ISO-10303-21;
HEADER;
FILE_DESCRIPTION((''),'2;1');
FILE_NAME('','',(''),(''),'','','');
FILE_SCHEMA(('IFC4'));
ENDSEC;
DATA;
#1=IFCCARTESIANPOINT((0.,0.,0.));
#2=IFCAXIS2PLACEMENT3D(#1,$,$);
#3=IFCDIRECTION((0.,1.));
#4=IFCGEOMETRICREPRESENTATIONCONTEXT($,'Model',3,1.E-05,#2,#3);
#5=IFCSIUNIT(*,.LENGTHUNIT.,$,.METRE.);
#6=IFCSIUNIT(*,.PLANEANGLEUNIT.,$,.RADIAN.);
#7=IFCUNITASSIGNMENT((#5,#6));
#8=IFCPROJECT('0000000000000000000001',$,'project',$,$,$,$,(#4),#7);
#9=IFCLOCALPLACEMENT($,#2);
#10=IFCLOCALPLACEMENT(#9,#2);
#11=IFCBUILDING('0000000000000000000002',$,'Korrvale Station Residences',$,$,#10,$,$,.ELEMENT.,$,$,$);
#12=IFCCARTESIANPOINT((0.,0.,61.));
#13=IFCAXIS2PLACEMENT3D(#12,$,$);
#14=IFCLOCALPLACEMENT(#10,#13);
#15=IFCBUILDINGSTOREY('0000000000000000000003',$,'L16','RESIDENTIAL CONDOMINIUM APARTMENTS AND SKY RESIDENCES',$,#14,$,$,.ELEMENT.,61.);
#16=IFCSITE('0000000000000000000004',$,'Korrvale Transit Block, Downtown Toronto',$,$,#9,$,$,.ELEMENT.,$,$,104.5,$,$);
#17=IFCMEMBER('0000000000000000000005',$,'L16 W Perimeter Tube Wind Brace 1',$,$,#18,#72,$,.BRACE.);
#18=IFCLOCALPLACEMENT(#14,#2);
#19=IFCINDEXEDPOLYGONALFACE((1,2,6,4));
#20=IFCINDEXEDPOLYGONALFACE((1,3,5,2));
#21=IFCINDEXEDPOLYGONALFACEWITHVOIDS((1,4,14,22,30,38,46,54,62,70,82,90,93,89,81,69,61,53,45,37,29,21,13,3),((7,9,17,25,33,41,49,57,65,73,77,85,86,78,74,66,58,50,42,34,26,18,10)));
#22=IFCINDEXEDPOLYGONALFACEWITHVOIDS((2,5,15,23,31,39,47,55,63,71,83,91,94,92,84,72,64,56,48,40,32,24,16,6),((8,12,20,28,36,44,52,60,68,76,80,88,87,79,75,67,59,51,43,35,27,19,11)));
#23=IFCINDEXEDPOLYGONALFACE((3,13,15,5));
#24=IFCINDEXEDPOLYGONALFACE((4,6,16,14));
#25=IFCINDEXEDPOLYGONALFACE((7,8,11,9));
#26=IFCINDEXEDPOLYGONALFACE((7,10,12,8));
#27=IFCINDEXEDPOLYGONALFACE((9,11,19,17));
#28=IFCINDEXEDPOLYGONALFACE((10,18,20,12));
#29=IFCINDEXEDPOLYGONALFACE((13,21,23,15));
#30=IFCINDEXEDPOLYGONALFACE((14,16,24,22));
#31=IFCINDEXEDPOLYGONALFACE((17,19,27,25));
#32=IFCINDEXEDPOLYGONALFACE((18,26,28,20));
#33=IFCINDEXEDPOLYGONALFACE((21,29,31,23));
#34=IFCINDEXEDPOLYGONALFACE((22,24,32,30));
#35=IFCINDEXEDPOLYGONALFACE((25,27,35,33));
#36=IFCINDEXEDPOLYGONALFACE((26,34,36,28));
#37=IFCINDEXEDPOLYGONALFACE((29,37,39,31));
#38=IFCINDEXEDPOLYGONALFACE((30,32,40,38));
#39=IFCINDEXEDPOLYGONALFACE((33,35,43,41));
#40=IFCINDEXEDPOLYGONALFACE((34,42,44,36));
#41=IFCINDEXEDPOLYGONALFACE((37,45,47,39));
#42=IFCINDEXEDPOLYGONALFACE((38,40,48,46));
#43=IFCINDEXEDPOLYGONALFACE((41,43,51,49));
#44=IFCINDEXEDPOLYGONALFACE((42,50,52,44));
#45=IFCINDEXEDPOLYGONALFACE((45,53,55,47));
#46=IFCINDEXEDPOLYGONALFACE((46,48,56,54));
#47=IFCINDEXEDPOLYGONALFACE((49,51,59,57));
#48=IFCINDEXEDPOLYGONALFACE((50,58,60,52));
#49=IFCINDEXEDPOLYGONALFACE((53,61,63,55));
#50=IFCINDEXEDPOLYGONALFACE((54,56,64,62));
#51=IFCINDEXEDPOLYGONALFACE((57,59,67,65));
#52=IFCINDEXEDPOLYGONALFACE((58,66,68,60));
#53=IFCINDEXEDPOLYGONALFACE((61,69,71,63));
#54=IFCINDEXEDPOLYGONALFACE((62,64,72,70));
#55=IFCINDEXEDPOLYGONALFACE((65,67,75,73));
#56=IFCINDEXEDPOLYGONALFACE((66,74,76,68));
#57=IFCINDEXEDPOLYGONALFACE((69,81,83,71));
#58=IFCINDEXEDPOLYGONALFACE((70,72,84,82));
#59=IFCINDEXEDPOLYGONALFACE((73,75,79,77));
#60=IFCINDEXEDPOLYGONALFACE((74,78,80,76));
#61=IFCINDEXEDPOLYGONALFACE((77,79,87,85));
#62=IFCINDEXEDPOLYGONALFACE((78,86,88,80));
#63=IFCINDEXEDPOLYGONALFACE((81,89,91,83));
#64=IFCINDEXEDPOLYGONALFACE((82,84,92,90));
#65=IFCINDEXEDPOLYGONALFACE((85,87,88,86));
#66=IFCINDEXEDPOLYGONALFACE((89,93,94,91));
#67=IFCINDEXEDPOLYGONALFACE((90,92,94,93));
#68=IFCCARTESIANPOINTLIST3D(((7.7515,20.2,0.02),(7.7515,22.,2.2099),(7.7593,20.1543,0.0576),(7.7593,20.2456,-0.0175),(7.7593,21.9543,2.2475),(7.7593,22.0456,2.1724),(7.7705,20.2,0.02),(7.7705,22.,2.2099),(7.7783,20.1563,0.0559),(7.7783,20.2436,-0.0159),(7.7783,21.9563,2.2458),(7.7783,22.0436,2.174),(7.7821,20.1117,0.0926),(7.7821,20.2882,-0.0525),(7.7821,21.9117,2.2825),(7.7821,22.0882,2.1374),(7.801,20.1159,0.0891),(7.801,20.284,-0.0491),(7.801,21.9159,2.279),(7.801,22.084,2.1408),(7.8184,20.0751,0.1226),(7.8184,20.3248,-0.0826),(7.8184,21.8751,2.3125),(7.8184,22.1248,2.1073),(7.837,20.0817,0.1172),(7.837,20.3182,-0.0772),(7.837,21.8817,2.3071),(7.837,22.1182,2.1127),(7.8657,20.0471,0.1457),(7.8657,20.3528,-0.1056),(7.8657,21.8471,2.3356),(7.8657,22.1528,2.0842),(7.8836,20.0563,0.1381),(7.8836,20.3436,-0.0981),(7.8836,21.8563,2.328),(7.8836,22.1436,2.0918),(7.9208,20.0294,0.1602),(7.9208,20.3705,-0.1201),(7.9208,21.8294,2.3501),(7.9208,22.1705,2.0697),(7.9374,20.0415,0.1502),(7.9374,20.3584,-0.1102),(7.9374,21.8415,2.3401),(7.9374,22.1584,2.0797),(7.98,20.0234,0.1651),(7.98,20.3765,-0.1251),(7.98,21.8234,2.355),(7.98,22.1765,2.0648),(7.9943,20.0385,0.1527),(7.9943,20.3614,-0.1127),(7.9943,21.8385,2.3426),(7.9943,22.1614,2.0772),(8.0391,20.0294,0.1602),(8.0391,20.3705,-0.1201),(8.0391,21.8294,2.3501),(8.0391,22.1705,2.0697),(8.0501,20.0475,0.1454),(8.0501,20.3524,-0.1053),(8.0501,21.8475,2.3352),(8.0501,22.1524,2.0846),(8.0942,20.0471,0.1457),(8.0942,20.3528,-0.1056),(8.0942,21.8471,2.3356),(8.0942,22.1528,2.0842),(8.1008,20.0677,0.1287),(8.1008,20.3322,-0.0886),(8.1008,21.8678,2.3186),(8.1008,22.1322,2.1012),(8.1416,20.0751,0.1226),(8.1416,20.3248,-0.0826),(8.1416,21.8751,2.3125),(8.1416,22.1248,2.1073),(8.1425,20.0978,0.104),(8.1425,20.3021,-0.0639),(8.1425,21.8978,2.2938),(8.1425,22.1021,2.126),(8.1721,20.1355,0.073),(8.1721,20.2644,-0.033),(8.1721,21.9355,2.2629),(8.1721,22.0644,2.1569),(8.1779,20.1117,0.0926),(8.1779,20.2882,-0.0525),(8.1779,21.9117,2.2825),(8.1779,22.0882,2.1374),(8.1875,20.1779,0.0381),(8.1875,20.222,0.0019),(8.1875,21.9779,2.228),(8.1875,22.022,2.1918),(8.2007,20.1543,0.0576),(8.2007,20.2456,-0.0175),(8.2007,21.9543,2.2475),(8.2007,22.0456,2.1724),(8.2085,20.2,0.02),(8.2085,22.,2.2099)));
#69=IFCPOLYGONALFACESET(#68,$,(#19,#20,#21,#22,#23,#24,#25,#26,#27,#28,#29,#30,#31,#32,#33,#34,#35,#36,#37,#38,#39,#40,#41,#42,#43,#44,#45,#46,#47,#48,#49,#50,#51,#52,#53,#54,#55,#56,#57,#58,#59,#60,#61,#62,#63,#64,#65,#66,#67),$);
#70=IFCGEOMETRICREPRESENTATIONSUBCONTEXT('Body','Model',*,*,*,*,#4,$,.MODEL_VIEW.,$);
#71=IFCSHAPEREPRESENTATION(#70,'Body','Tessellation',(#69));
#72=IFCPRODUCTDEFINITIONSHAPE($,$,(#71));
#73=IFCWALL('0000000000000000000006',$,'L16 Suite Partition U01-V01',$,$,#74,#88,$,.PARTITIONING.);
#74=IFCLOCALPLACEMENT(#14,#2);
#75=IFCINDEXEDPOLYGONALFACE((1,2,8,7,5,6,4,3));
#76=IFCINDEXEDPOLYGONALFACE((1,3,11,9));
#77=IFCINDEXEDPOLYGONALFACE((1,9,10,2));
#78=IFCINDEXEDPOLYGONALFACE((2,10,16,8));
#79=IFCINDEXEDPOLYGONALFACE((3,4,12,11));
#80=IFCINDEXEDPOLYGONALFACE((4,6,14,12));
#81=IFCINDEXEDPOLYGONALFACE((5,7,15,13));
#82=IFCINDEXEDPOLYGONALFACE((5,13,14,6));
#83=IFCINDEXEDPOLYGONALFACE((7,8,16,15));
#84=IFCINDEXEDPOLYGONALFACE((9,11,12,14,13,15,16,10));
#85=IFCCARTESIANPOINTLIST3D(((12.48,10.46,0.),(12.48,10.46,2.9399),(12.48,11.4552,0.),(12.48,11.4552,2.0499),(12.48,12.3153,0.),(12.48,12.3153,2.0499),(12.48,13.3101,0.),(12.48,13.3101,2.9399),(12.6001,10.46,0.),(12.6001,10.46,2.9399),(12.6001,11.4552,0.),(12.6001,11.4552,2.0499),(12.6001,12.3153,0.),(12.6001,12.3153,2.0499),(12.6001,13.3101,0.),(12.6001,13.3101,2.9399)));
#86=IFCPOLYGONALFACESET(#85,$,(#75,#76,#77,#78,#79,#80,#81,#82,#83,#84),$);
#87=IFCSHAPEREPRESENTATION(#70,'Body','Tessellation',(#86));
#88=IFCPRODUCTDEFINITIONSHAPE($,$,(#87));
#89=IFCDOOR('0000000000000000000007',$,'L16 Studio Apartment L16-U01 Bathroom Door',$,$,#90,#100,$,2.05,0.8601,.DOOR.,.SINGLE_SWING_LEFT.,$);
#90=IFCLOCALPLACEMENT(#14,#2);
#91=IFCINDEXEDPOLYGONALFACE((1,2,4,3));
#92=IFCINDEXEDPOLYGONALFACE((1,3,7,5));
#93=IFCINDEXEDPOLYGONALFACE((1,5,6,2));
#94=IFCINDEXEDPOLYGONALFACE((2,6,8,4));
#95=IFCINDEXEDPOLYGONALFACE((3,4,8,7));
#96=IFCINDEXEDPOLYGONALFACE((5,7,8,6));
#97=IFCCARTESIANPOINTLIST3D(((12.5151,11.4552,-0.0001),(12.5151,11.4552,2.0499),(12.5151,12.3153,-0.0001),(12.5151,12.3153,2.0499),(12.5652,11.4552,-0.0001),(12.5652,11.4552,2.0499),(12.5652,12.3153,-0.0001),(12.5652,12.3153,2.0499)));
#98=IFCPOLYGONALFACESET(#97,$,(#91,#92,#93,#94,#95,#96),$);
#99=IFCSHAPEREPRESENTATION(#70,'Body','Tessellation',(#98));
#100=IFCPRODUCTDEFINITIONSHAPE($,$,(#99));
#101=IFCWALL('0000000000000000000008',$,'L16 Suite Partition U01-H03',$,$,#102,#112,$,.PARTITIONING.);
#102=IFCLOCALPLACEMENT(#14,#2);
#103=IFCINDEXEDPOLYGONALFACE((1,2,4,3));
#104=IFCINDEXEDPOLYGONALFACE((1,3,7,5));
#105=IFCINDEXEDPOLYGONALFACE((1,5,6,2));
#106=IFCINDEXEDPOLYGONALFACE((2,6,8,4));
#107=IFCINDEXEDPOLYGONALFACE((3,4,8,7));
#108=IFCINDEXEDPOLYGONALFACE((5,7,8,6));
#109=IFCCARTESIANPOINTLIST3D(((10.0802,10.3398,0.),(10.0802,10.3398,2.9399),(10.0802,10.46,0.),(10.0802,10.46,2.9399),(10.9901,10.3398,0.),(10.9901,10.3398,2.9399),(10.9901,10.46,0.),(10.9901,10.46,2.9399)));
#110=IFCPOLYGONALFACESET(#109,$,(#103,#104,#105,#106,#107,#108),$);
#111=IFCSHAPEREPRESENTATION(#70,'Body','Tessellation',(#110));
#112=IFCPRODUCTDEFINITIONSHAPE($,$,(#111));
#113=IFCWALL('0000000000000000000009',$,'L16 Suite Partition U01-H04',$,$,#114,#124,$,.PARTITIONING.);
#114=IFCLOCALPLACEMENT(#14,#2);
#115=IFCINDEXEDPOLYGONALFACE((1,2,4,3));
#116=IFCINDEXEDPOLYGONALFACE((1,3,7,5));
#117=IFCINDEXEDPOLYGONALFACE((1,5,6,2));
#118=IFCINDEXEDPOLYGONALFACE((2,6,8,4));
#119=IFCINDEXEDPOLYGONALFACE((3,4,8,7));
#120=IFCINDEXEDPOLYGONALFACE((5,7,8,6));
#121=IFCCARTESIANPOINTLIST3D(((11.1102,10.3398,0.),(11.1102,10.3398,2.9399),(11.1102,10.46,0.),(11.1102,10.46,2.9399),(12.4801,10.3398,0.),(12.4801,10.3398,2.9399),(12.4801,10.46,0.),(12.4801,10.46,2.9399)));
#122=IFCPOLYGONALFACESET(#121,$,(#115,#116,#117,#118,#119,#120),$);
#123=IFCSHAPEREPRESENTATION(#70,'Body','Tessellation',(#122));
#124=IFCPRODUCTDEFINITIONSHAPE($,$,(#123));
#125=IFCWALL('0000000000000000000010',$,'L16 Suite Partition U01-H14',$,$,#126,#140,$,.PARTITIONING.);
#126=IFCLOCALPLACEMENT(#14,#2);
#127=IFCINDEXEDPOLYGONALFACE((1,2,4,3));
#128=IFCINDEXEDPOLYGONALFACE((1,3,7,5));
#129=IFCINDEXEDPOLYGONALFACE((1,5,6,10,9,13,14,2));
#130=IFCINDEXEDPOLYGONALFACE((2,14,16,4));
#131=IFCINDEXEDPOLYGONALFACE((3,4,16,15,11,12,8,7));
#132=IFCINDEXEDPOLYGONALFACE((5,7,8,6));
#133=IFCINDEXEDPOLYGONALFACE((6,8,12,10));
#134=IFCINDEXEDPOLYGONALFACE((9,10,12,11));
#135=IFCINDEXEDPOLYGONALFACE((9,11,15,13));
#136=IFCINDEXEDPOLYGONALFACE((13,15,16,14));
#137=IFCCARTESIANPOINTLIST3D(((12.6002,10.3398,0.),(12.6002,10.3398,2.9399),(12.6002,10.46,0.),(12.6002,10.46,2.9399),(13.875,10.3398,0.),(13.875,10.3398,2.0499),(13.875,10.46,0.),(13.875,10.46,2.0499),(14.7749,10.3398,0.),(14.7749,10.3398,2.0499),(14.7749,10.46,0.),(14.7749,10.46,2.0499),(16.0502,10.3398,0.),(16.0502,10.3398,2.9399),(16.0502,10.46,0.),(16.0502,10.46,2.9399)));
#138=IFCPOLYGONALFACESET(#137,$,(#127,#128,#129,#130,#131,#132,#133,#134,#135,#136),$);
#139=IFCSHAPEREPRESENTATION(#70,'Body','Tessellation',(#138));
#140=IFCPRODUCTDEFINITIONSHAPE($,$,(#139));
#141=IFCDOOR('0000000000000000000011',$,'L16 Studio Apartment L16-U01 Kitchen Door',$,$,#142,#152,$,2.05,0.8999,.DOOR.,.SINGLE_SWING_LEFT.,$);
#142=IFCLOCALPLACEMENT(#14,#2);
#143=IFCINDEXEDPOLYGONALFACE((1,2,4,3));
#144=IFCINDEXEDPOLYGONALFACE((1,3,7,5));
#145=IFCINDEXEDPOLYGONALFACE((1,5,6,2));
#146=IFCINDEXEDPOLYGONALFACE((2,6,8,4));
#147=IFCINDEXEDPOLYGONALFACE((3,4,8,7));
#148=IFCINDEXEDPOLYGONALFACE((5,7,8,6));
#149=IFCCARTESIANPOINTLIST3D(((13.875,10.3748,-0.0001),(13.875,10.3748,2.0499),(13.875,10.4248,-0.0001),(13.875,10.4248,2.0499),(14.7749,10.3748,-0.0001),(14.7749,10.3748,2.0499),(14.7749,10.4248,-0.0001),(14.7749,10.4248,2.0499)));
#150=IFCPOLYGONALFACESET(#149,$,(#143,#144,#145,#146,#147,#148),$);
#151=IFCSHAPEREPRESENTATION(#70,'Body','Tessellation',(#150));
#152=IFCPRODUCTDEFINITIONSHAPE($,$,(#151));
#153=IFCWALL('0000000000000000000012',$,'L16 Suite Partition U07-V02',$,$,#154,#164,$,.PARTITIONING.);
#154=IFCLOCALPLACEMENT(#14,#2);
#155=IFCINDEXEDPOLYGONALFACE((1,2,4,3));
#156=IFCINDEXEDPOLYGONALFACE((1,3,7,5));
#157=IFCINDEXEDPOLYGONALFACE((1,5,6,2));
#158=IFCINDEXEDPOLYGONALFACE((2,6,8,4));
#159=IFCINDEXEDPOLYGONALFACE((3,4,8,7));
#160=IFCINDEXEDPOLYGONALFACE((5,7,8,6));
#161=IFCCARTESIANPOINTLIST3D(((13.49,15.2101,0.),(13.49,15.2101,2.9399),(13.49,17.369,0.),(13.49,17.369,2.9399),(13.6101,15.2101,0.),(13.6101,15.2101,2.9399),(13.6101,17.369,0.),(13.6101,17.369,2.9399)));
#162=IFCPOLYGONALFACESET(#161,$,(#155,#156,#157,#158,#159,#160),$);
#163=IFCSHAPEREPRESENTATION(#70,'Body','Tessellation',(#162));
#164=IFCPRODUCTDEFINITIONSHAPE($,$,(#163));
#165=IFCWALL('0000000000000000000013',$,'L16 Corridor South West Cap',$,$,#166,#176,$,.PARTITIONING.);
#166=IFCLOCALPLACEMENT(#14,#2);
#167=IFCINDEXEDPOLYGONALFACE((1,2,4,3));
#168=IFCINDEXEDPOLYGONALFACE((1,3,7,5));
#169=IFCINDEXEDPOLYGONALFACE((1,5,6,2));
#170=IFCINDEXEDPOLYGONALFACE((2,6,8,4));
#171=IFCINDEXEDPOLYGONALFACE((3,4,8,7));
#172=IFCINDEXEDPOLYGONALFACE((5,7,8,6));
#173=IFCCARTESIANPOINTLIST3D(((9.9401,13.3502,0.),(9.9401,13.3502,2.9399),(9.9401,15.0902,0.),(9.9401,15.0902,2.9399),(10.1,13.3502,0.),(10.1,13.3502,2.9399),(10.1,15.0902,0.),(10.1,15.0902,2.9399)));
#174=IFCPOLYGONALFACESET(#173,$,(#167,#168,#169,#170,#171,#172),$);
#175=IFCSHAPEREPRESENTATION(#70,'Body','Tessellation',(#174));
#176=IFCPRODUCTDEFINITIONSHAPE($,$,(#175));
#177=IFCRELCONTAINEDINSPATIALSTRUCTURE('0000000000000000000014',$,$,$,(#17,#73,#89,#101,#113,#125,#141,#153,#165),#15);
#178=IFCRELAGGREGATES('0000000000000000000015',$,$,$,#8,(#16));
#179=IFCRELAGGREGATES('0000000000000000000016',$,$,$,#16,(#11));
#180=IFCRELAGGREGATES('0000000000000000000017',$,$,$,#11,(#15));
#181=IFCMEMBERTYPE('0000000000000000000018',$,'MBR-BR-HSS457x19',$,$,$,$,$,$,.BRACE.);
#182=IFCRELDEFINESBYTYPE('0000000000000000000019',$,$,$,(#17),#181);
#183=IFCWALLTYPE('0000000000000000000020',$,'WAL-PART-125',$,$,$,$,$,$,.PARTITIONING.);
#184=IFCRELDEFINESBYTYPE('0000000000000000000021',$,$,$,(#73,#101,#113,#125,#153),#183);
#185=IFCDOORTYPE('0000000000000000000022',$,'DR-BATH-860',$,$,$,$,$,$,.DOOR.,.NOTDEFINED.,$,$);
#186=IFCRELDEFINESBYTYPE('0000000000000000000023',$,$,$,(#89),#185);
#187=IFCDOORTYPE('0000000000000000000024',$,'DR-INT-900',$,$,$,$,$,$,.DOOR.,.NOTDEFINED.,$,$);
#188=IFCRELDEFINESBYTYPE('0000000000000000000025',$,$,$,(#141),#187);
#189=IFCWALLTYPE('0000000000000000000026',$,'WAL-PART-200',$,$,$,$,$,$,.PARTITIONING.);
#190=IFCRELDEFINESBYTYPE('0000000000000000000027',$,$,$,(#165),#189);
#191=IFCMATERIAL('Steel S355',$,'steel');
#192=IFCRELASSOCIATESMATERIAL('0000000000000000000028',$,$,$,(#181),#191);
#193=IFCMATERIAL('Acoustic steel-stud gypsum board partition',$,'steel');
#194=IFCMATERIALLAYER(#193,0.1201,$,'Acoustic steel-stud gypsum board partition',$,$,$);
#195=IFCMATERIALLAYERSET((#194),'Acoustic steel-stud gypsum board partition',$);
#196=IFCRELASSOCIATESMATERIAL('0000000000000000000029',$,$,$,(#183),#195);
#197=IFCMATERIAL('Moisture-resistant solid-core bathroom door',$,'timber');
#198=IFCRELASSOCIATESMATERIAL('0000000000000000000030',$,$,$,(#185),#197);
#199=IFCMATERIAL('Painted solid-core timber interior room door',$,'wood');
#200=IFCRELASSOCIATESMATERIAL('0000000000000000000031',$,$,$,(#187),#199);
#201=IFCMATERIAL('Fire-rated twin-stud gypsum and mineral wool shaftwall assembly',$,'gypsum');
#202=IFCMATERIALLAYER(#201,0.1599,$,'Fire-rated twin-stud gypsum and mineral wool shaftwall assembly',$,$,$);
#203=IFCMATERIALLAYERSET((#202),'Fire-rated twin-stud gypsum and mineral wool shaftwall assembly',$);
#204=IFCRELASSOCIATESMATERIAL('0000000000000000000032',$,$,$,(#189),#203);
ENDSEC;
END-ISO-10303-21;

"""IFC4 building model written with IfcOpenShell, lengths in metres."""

from ifc_helpers import new_model, si_unit, direction, frame, frame_2d, origin, origin_2d, place, context, subcontext, project, spatial, rectangle, hollow_circle, extrude, material, layer, layer_set, material_profile, profile_set, type_object, element, fill, save


model = new_model("IFC4")

# Units and contexts
model_context = context("Model", 3, precision=1e-05, world=origin(), true_north=direction((0.0, 1.0)))
body_context = subcontext(model_context, "Body", "Model", "MODEL_VIEW")
ifc_project = project(units=[si_unit("LENGTHUNIT", "METRE"), si_unit("PLANEANGLEUNIT", "RADIAN")], contexts=[model_context])

# Site, building, storey
site_placement = place(None, origin())
site = spatial("IfcSite", under=ifc_project, at=site_placement, Name="Korrvale Transit Block, Downtown Toronto", CompositionType="ELEMENT", RefElevation=104.5)
building_placement = place(site_placement, origin())
building = spatial("IfcBuilding", under=site, at=building_placement, Name="Korrvale Station Residences", CompositionType="ELEMENT")
storey_placement = place(building_placement, frame((0.0, 0.0, 61.0)))
storey = spatial("IfcBuildingStorey", under=building, at=storey_placement, Name="L16", Description="RESIDENTIAL CONDOMINIUM APARTMENTS AND SKY RESIDENCES", CompositionType="ELEMENT", Elevation=61.0)

# Shared definitions
ifc_material_1 = material(Name="Steel S355", Category="steel")

# Member
ifc_material_profile_1 = material_profile(ifc_material_1, hollow_circle(Radius=0.2285, WallThickness=0.019, at=origin_2d()), Name="HSS457x19")
ifc_profile_set_1 = profile_set([ifc_material_profile_1], Name="Steel S355")
member_type = type_object("IfcMemberType", Name="MBR-BR-HSS457x19", PredefinedType="BRACE", material=ifc_profile_set_1)
member_placement = place(storey_placement, frame((7.98, 20.2, 0.02), z_axis=(0.0, 0.634985, 0.772524), x_axis=(-1.0, 0.0, 0.0)))
element("IfcMember", 1, at=member_placement, inside=storey, type_object=member_type, Name="L16 W Perimeter Tube Wind Brace 1", PredefinedType="BRACE", context=body_context, shape_type="SweptSolid", body=[
    extrude(hollow_circle(Radius=0.2285, WallThickness=0.019, at=origin_2d()), origin(), (0.0, 0.0, 1.0), 2.8347),
])

# Wall, opening, door
ifc_material_2 = material(Name="Acoustic steel-stud gypsum board partition", Category="steel")
ifc_layer_1 = layer(ifc_material_2, 0.1201, Name="Acoustic steel-stud gypsum board partition")
ifc_layer_set_1 = layer_set([ifc_layer_1], Name="Acoustic steel-stud gypsum board partition")
wall_type_1 = type_object("IfcWallType", Name="WAL-PART-125", PredefinedType="PARTITIONING", material=ifc_layer_set_1)
wall_1_placement = place(storey_placement, frame((12.54, 10.46, 0.0), z_axis=(0.0, 0.0, 1.0), x_axis=(0.0, 1.0, 0.0)))
wall_1 = element("IfcWall", 2, at=wall_1_placement, inside=storey, type_object=wall_type_1, Name="L16 Suite Partition U01-V01", PredefinedType="PARTITIONING", context=body_context, shape_type="SweptSolid", body=[
    extrude(rectangle(XDim=2.8501, YDim=0.1201, at=frame_2d((1.425, 0.0))), origin(), (0.0, 0.0, 1.0), 2.9399),
])
opening_1_placement = place(wall_1_placement, frame((0.9951, 0.0, 0.0)))
opening_1 = element("IfcOpeningElement", 3, at=opening_1_placement, cuts=wall_1, PredefinedType="OPENING", context=body_context, shape_type="SweptSolid", body=[
    extrude(rectangle(XDim=0.8601, YDim=2.05, at=frame_2d((0.4302, 1.0249))), frame((0.0, 0.0701, 0.0), z_axis=(0.0, -1.0, 0.0), x_axis=(1.0, 0.0, 0.0)), (0.0, 0.0, 1.0), 0.1401),
])
ifc_material_3 = material(Name="Moisture-resistant solid-core bathroom door", Category="timber")
door_type_1 = type_object("IfcDoorType", Name="DR-BATH-860", OperationType="NOTDEFINED", PredefinedType="DOOR", material=ifc_material_3)
door_1_placement = place(opening_1_placement, origin())
door_1 = element("IfcDoor", 4, at=door_1_placement, inside=storey, type_object=door_type_1, Name="L16 Studio Apartment L16-U01 Bathroom Door", OperationType="SINGLE_SWING_LEFT", OverallHeight=2.05, OverallWidth=0.8601, PredefinedType="DOOR", context=body_context, shape_type="SweptSolid", body=[
    extrude(rectangle(XDim=0.8601, YDim=2.05, at=frame_2d((0.4302, 1.0249))), frame((0.0, 0.0249, 0.0), z_axis=(0.0, -1.0, 0.0), x_axis=(1.0, 0.0, 0.0)), (0.0, 0.0, 1.0), 0.05),
])
fill(opening_1, door_1)

# Walls
wall_2_placement = place(storey_placement, frame((10.0801, 10.3999, 0.0), z_axis=(0.0, 0.0, 1.0), x_axis=(1.0, 0.0, 0.0)))
element("IfcWall", 5, at=wall_2_placement, inside=storey, type_object=wall_type_1, Name="L16 Suite Partition U01-H03", PredefinedType="PARTITIONING", context=body_context, shape_type="SweptSolid", body=[
    extrude(rectangle(XDim=0.9099, YDim=0.1201, at=frame_2d((0.4551, 0.0))), origin(), (0.0, 0.0, 1.0), 2.9399),
])
wall_3_placement = place(storey_placement, frame((11.1101, 10.3999, 0.0), z_axis=(0.0, 0.0, 1.0), x_axis=(1.0, 0.0, 0.0)))
element("IfcWall", 6, at=wall_3_placement, inside=storey, type_object=wall_type_1, Name="L16 Suite Partition U01-H04", PredefinedType="PARTITIONING", context=body_context, shape_type="SweptSolid", body=[
    extrude(rectangle(XDim=1.3699, YDim=0.1201, at=frame_2d((0.6851, 0.0))), origin(), (0.0, 0.0, 1.0), 2.9399),
])

# Wall, opening, door
wall_4_placement = place(storey_placement, frame((12.6001, 10.3999, 0.0), z_axis=(0.0, 0.0, 1.0), x_axis=(1.0, 0.0, 0.0)))
wall_4 = element("IfcWall", 7, at=wall_4_placement, inside=storey, type_object=wall_type_1, Name="L16 Suite Partition U01-H14", PredefinedType="PARTITIONING", context=body_context, shape_type="SweptSolid", body=[
    extrude(rectangle(XDim=3.45, YDim=0.1201, at=frame_2d((1.7251, 0.0))), origin(), (0.0, 0.0, 1.0), 2.9399),
])
opening_2_placement = place(wall_4_placement, frame((1.2749, 0.0, 0.0)))
opening_2 = element("IfcOpeningElement", 8, at=opening_2_placement, cuts=wall_4, PredefinedType="OPENING", context=body_context, shape_type="SweptSolid", body=[
    extrude(rectangle(XDim=0.8999, YDim=2.05, at=frame_2d((0.45, 1.0249))), frame((0.0, 0.0701, 0.0), z_axis=(0.0, -1.0, 0.0), x_axis=(1.0, 0.0, 0.0)), (0.0, 0.0, 1.0), 0.1401),
])
ifc_material_4 = material(Name="Painted solid-core timber interior room door", Category="wood")
door_type_2 = type_object("IfcDoorType", Name="DR-INT-900", OperationType="NOTDEFINED", PredefinedType="DOOR", material=ifc_material_4)
door_2_placement = place(opening_2_placement, origin())
door_2 = element("IfcDoor", 9, at=door_2_placement, inside=storey, type_object=door_type_2, Name="L16 Studio Apartment L16-U01 Kitchen Door", OperationType="SINGLE_SWING_LEFT", OverallHeight=2.05, OverallWidth=0.8999, PredefinedType="DOOR", context=body_context, shape_type="SweptSolid", body=[
    extrude(rectangle(XDim=0.8999, YDim=2.05, at=frame_2d((0.45, 1.0249))), frame((0.0, 0.0249, 0.0), z_axis=(0.0, -1.0, 0.0), x_axis=(1.0, 0.0, 0.0)), (0.0, 0.0, 1.0), 0.05),
])
fill(opening_2, door_2)

# Walls
wall_5_placement = place(storey_placement, frame((13.55, 15.21, 0.0), z_axis=(0.0, 0.0, 1.0), x_axis=(0.0, 1.0, 0.0)))
element("IfcWall", 10, at=wall_5_placement, inside=storey, type_object=wall_type_1, Name="L16 Suite Partition U07-V02", PredefinedType="PARTITIONING", context=body_context, shape_type="SweptSolid", body=[
    extrude(rectangle(XDim=2.1589, YDim=0.1201, at=frame_2d((1.0796, 0.0))), origin(), (0.0, 0.0, 1.0), 2.9399),
])
ifc_material_5 = material(Name="Fire-rated twin-stud gypsum and mineral wool shaftwall assembly", Category="gypsum")
ifc_layer_2 = layer(ifc_material_5, 0.1599, Name="Fire-rated twin-stud gypsum and mineral wool shaftwall assembly")
ifc_layer_set_2 = layer_set([ifc_layer_2], Name="Fire-rated twin-stud gypsum and mineral wool shaftwall assembly")
wall_type_2 = type_object("IfcWallType", Name="WAL-PART-200", PredefinedType="PARTITIONING", material=ifc_layer_set_2)
wall_6_placement = place(storey_placement, frame((10.02, 13.3501, 0.0), z_axis=(0.0, 0.0, 1.0), x_axis=(0.0, 1.0, 0.0)))
element("IfcWall", 11, at=wall_6_placement, inside=storey, type_object=wall_type_2, Name="L16 Corridor South West Cap", PredefinedType="PARTITIONING", context=body_context, shape_type="SweptSolid", body=[
    extrude(rectangle(XDim=1.74, YDim=0.1599, at=frame_2d((0.8701, 0.0))), origin(), (0.0, 0.0, 1.0), 2.9399),
])

save(model, "model.ifc")
